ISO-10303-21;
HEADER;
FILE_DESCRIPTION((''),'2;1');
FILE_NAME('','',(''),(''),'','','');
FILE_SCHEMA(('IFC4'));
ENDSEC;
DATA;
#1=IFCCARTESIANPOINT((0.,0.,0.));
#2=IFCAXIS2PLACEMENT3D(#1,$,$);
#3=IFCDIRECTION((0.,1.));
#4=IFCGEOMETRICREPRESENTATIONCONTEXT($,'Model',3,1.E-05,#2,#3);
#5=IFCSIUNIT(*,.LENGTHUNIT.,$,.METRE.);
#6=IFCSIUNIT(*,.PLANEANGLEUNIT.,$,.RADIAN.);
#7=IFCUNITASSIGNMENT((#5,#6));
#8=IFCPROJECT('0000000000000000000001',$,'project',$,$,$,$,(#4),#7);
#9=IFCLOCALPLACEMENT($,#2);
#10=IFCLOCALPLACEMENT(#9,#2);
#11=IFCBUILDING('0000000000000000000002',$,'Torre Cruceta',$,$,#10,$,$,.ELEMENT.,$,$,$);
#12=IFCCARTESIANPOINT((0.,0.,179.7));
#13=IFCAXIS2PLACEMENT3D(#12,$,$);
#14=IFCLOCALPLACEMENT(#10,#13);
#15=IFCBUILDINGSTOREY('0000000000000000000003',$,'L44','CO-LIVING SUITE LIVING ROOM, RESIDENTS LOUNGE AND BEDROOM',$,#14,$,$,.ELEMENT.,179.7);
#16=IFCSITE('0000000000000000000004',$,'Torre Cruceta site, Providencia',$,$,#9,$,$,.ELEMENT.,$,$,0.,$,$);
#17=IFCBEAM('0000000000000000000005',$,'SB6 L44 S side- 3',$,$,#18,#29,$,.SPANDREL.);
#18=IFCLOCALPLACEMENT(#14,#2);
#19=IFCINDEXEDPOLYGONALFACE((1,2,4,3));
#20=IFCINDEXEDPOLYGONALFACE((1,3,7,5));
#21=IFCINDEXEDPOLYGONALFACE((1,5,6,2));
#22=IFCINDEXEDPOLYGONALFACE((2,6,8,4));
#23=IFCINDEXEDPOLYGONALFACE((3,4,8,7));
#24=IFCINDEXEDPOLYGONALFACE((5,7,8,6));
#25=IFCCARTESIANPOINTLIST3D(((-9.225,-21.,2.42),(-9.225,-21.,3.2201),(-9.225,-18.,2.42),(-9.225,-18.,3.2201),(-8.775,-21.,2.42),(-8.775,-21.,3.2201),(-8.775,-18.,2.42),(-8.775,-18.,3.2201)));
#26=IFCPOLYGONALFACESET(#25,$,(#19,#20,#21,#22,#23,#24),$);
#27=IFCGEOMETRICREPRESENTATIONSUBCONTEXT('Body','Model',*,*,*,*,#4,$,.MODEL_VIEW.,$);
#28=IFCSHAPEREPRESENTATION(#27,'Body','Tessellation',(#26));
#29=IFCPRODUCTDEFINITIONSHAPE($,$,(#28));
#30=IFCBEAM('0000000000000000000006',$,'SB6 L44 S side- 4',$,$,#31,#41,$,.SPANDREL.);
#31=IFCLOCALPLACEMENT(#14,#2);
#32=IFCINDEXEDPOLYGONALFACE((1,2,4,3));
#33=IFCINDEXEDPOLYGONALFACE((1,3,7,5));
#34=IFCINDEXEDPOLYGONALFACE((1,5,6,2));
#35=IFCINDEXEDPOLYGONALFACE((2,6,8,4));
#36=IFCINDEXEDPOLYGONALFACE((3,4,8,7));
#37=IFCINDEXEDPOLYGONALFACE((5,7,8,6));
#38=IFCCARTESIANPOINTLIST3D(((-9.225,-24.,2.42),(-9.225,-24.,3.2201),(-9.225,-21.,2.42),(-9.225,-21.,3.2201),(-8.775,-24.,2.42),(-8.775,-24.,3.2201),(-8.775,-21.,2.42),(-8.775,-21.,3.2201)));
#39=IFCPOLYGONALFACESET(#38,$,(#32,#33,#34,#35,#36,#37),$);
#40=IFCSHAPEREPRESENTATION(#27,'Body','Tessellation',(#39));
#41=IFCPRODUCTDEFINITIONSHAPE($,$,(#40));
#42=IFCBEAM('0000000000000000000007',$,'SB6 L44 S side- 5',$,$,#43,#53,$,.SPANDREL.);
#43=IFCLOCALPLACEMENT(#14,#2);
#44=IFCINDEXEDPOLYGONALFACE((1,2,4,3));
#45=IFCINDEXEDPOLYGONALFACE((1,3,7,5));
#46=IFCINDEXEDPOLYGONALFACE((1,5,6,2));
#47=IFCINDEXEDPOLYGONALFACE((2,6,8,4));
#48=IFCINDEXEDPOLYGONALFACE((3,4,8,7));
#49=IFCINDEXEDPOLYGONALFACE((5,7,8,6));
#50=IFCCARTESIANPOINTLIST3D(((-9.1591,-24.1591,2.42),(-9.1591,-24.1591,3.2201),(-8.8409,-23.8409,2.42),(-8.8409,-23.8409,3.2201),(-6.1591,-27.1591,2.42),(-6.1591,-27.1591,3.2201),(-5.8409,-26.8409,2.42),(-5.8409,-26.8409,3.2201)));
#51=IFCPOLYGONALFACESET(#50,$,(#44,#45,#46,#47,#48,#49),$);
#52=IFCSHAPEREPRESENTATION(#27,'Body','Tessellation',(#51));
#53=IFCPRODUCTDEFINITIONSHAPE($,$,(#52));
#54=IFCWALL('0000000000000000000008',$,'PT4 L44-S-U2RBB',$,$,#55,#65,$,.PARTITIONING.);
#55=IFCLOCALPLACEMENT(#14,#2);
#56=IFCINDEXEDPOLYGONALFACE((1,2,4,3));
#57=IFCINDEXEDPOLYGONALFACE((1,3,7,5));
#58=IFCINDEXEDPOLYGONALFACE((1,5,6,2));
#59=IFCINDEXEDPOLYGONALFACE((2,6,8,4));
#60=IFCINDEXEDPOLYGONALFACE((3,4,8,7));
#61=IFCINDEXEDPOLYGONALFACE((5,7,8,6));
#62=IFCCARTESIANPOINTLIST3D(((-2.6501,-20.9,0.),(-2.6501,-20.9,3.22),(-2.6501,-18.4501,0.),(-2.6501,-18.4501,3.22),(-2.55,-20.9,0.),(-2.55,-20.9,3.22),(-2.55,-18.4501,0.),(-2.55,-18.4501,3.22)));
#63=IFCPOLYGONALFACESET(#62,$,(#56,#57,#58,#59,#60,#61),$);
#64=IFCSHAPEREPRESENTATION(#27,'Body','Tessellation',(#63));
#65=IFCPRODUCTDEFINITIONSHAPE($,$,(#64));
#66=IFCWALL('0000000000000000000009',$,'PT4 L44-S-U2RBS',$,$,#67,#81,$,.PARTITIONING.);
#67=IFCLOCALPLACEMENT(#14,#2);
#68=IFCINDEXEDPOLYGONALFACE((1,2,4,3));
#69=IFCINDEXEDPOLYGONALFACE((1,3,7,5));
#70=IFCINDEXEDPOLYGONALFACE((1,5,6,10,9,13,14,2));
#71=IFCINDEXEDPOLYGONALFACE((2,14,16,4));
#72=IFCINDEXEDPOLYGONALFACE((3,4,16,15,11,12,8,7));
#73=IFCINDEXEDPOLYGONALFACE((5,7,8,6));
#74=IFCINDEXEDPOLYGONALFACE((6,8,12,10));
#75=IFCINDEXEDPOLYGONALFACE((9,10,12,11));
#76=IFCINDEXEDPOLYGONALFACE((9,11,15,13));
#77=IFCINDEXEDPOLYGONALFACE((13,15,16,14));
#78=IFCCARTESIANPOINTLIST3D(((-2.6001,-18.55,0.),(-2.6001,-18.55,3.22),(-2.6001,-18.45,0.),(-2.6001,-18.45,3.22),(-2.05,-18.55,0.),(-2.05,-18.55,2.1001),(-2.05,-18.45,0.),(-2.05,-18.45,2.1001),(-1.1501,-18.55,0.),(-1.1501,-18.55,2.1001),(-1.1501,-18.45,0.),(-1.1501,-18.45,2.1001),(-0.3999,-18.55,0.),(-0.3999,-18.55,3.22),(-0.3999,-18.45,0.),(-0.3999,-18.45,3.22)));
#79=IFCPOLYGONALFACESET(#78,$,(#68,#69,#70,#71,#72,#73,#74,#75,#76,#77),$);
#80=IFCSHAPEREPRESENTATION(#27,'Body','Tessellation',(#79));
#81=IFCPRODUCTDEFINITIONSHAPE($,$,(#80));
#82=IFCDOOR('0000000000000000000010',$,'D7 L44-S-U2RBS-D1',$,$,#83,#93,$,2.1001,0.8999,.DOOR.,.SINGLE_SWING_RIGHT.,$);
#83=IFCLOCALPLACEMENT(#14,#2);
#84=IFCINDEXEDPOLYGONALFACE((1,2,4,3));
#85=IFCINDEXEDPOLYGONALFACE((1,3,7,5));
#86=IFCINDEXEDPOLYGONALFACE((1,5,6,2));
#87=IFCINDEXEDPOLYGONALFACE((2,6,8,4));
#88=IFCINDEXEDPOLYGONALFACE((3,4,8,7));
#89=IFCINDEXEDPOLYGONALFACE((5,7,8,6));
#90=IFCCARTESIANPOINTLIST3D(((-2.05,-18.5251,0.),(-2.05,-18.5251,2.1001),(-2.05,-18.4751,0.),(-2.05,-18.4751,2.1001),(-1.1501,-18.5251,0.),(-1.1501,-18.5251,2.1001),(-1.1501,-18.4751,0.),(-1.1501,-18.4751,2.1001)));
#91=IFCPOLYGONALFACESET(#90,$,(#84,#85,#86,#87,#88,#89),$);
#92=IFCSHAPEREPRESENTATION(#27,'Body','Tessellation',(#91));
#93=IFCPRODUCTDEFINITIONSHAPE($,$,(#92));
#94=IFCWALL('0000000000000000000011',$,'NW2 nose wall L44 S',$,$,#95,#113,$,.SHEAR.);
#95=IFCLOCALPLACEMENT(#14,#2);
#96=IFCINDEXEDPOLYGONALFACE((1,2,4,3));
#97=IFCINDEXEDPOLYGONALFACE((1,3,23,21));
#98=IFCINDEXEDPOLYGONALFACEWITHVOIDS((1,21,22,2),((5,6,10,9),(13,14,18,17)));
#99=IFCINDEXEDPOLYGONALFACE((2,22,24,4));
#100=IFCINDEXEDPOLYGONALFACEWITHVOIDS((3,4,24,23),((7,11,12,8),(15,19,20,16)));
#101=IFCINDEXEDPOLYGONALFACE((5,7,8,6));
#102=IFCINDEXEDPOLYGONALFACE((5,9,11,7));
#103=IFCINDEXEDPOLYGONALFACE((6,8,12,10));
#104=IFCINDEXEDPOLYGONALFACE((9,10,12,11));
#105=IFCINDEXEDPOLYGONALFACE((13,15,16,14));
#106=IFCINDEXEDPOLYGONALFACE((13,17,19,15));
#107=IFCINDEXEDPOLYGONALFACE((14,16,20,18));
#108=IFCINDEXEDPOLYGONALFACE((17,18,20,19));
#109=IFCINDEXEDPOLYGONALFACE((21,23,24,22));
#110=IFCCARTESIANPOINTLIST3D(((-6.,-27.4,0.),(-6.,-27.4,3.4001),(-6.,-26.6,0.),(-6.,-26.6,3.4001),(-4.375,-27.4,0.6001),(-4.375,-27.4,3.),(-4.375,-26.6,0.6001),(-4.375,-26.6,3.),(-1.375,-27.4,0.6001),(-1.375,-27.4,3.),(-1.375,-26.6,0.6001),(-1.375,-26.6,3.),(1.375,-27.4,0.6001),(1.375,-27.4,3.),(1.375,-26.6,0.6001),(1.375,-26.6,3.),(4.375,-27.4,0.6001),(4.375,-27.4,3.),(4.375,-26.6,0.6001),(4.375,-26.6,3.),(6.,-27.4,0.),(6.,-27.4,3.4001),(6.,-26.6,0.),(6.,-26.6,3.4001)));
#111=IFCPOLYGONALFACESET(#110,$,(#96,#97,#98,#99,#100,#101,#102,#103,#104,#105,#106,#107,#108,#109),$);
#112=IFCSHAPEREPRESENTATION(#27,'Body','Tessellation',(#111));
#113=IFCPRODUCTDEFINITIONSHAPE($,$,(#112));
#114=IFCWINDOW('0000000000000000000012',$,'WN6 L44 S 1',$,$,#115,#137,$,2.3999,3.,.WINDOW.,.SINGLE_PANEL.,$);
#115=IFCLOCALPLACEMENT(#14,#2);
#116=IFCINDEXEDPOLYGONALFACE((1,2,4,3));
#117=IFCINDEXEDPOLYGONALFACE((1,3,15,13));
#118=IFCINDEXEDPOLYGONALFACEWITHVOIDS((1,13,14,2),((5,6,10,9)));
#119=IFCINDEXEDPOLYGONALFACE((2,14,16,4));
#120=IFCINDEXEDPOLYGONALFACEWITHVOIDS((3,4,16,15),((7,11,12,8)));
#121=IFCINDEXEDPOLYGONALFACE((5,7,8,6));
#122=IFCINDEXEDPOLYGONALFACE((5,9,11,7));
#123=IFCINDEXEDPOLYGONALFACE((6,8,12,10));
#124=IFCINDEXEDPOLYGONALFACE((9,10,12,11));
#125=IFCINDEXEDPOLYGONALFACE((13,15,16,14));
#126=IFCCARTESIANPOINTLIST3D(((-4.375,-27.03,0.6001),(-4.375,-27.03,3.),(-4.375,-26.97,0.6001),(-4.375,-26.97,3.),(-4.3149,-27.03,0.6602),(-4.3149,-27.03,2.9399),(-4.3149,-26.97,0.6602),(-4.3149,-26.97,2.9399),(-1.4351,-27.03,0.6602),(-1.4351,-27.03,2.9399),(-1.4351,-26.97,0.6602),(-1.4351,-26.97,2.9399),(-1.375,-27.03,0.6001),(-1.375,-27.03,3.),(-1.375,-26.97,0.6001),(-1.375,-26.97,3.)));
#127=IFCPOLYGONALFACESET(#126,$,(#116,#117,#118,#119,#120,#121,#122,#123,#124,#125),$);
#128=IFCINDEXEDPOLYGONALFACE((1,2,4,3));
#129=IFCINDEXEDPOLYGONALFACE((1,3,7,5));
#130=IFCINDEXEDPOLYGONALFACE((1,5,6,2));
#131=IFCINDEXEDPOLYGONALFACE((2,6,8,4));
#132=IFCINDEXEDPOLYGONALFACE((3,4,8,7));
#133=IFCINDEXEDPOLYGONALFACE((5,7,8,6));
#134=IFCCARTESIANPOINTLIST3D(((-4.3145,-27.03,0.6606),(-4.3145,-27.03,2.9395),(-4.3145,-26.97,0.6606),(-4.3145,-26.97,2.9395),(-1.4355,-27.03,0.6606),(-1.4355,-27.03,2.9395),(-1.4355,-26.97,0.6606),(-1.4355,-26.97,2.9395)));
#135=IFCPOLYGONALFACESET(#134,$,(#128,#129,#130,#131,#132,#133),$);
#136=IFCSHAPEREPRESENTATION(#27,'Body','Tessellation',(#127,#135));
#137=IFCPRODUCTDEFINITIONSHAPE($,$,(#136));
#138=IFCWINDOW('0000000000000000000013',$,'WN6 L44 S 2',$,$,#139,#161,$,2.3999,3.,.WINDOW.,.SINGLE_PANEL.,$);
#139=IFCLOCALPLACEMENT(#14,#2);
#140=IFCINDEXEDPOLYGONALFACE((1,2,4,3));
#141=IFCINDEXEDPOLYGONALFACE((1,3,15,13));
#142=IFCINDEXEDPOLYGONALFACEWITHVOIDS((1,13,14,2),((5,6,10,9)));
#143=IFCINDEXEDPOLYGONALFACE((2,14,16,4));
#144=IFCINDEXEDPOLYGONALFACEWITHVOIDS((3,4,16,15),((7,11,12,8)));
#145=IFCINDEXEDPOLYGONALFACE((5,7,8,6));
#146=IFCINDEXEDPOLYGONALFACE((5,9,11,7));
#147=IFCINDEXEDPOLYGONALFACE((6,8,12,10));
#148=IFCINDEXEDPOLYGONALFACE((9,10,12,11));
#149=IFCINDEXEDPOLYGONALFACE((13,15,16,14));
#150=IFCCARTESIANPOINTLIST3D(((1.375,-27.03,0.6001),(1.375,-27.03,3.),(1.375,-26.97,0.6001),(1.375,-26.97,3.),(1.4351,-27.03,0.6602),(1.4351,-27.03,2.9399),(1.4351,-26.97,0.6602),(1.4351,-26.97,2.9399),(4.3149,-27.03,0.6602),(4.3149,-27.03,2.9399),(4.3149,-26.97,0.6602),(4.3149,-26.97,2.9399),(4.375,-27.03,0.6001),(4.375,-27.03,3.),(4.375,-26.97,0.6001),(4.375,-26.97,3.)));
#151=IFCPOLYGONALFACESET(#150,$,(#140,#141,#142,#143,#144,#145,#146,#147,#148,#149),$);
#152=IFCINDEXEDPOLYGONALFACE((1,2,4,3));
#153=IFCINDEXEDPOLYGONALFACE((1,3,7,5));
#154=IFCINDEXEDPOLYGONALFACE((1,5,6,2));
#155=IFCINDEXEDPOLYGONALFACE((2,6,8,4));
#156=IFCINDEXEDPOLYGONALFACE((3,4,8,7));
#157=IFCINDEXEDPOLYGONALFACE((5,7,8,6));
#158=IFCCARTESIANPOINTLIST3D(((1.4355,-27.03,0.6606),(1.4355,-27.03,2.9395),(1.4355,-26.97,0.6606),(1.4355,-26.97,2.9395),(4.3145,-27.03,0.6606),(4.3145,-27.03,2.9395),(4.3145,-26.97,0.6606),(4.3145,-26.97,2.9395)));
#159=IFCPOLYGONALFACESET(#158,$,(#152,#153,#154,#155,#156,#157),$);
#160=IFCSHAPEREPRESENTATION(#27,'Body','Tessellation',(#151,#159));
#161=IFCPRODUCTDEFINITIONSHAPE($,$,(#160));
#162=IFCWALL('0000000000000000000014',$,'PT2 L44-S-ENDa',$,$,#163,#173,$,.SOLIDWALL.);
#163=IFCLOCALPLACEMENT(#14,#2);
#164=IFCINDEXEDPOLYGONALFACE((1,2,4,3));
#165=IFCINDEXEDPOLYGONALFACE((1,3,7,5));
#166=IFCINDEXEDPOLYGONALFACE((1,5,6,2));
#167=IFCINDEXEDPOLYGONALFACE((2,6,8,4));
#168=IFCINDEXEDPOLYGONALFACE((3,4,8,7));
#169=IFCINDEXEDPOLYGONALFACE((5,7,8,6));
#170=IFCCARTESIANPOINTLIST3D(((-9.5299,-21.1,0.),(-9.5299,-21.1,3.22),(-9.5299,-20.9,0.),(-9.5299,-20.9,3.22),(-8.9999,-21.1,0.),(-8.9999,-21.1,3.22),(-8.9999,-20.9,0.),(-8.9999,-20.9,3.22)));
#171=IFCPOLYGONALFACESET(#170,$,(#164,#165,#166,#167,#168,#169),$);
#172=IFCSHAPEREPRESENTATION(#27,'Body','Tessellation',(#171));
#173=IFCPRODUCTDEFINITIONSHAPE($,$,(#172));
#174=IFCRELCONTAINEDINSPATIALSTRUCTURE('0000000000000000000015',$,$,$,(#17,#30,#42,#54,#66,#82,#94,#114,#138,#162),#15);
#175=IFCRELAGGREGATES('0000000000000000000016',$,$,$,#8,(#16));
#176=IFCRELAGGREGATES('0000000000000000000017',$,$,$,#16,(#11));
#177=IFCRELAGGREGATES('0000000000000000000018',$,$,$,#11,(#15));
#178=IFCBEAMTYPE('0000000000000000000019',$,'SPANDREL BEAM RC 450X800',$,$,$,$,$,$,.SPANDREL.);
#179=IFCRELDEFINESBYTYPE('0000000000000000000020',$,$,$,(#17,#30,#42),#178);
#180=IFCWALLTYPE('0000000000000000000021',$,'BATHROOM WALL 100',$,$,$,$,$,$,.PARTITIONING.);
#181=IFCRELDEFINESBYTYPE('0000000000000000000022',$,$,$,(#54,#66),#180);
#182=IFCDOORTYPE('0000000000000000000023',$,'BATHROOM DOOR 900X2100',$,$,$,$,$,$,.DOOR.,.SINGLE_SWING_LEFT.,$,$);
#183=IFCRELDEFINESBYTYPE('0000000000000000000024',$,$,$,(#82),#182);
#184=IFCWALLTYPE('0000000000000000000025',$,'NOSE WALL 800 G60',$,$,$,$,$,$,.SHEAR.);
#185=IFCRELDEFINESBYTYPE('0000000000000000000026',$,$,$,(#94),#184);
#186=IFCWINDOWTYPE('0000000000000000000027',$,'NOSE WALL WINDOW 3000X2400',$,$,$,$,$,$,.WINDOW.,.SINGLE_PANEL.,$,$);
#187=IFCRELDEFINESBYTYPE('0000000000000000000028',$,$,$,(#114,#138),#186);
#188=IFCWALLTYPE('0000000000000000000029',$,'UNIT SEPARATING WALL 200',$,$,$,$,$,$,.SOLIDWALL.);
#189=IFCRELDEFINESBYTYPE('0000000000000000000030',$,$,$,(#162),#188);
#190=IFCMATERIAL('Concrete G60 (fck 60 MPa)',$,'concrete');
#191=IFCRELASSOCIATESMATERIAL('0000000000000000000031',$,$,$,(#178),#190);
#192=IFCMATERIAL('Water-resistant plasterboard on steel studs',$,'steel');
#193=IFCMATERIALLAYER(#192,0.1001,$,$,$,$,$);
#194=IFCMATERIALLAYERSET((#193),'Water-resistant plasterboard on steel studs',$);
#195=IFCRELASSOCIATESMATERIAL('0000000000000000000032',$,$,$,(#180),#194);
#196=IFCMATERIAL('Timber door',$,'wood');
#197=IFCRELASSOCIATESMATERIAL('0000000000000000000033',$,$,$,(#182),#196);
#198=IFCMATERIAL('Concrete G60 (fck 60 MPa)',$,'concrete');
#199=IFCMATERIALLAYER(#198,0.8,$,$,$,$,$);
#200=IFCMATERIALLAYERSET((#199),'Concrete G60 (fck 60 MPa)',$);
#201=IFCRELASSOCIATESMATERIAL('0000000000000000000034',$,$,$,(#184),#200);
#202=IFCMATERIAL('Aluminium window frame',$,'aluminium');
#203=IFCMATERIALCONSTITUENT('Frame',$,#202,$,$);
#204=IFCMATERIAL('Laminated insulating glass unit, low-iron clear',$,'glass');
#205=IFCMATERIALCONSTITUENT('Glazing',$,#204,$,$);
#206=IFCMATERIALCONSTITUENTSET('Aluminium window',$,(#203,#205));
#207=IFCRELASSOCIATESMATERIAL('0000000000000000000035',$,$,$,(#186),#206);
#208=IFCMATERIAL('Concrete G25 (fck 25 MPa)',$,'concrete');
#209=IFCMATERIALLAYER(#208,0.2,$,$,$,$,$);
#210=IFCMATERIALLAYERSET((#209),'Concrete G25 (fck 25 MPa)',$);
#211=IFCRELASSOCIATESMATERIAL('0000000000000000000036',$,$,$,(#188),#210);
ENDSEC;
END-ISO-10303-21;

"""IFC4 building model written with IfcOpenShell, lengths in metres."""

from ifc_helpers import new_model, si_unit, direction, frame, frame_2d, origin, origin_2d, place, context, subcontext, project, spatial, rectangle, hollow_rectangle, extrude, material, layer, layer_set, constituent, constituent_set, material_profile, profile_set, type_object, element, fill, save


model = new_model("IFC4")

# Units and contexts
model_context = context("Model", 3, precision=1e-05, world=origin(), true_north=direction((0.0, 1.0)))
body_context = subcontext(model_context, "Body", "Model", "MODEL_VIEW")
ifc_project = project(units=[si_unit("LENGTHUNIT", "METRE"), si_unit("PLANEANGLEUNIT", "RADIAN")], contexts=[model_context])

# Site, building, storey
site_placement = place(None, origin())
site = spatial("IfcSite", under=ifc_project, at=site_placement, Name="Torre Cruceta site, Providencia", CompositionType="ELEMENT", RefElevation=0.0)
building_placement = place(site_placement, origin())
building = spatial("IfcBuilding", under=site, at=building_placement, Name="Torre Cruceta", CompositionType="ELEMENT")
storey_placement = place(building_placement, frame((0.0, 0.0, 179.7)))
storey = spatial("IfcBuildingStorey", under=building, at=storey_placement, Name="L44", Description="CO-LIVING SUITE LIVING ROOM, RESIDENTS LOUNGE AND BEDROOM", CompositionType="ELEMENT", Elevation=179.7)

# Beams
ifc_material_1 = material(Name="Concrete G60 (fck 60 MPa)", Category="concrete")
ifc_material_profile_1 = material_profile(ifc_material_1, rectangle(XDim=0.45, YDim=0.8, at=origin_2d()), Name="RC 450X800")
ifc_profile_set_1 = profile_set([ifc_material_profile_1], Name="Concrete G60 (fck 60 MPa)")
beam_type_1 = type_object("IfcBeamType", Name="SPANDREL BEAM RC 450X800", PredefinedType="SPANDREL", material=ifc_profile_set_1)
for number, where, z_axis, x_axis, name in (
    (1, (-9.0, -18.0, 2.8201), (0.0, -1.0, 0.0), (1.0, 0.0, 0.0), "SB6 L44 S side- 3"),
    (2, (-9.0, -21.0, 2.8201), (0.0, -1.0, 0.0), (1.0, 0.0, 0.0), "SB6 L44 S side- 4"),
):
    element("IfcBeam", number, at=place(storey_placement, frame(where, z_axis=z_axis, x_axis=x_axis)), inside=storey, type_object=beam_type_1, Name=name, PredefinedType="SPANDREL", context=body_context, shape_type="SweptSolid", body=[
        extrude(rectangle(XDim=0.45, YDim=0.8, at=origin_2d()), origin(), (0.0, 0.0, 1.0), 3.0),
    ])
beam_1_placement = place(storey_placement, frame((-9.0, -24.0, 2.8201), z_axis=(0.707107, -0.707107, 0.0), x_axis=(0.707107, 0.707107, 0.0)))
element("IfcBeam", 3, at=beam_1_placement, inside=storey, type_object=beam_type_1, Name="SB6 L44 S side- 5", PredefinedType="SPANDREL", context=body_context, shape_type="SweptSolid", body=[
    extrude(rectangle(XDim=0.45, YDim=0.8, at=origin_2d()), origin(), (0.0, 0.0, 1.0), 4.2427),
])

# Wall
ifc_material_2 = material(Name="Water-resistant plasterboard on steel studs", Category="steel")
ifc_layer_1 = layer(ifc_material_2, 0.1001)
ifc_layer_set_1 = layer_set([ifc_layer_1], Name="Water-resistant plasterboard on steel studs")
wall_type_1 = type_object("IfcWallType", Name="BATHROOM WALL 100", PredefinedType="PARTITIONING", material=ifc_layer_set_1)
wall_1_placement = place(storey_placement, frame((-2.6001, -18.45, 0.0), z_axis=(0.0, 0.0, 1.0), x_axis=(0.0, -1.0, 0.0)))
element("IfcWall", 4, at=wall_1_placement, inside=storey, type_object=wall_type_1, Name="PT4 L44-S-U2RBB", PredefinedType="PARTITIONING", context=body_context, shape_type="SweptSolid", body=[
    extrude(rectangle(XDim=2.45, YDim=0.1001, at=frame_2d((1.2251, 0.0))), origin(), (0.0, 0.0, 1.0), 3.22),
])

# Wall, opening, door
wall_2_placement = place(storey_placement, frame((-2.6001, -18.5, 0.0), z_axis=(0.0, 0.0, 1.0), x_axis=(1.0, 0.0, 0.0)))
wall_2 = element("IfcWall", 5, at=wall_2_placement, inside=storey, type_object=wall_type_1, Name="PT4 L44-S-U2RBS", PredefinedType="PARTITIONING", context=body_context, shape_type="SweptSolid", body=[
    extrude(rectangle(XDim=2.2002, YDim=0.1001, at=frame_2d((1.1001, 0.0))), origin(), (0.0, 0.0, 1.0), 3.22),
])
opening_1_placement = place(wall_2_placement, frame((0.55, 0.0, 0.0)))
opening_1 = element("IfcOpeningElement", 6, at=opening_1_placement, cuts=wall_2, PredefinedType="OPENING", context=body_context, shape_type="SweptSolid", body=[
    extrude(rectangle(XDim=0.8999, YDim=2.1001, at=frame_2d((0.45, 1.05))), frame((0.0, 0.0601, 0.0), z_axis=(0.0, -1.0, 0.0), x_axis=(1.0, 0.0, 0.0)), (0.0, 0.0, 1.0), 0.1201),
])
ifc_material_3 = material(Name="Timber door", Category="wood")
door_type = type_object("IfcDoorType", Name="BATHROOM DOOR 900X2100", OperationType="SINGLE_SWING_LEFT", PredefinedType="DOOR", material=ifc_material_3)
door_placement = place(opening_1_placement, frame((0.8999, 0.0, 0.0), z_axis=(0.0, 0.0, 1.0), x_axis=(-1.0, 0.0, 0.0)))
door = element("IfcDoor", 7, at=door_placement, inside=storey, type_object=door_type, Name="D7 L44-S-U2RBS-D1", OperationType="SINGLE_SWING_RIGHT", OverallHeight=2.1001, OverallWidth=0.8999, PredefinedType="DOOR", context=body_context, shape_type="SweptSolid", body=[
    extrude(rectangle(XDim=0.8999, YDim=2.1001, at=frame_2d((0.45, 1.05))), frame((0.0, 0.0251, 0.0), z_axis=(0.0, -1.0, 0.0), x_axis=(1.0, 0.0, 0.0)), (0.0, 0.0, 1.0), 0.05),
])
fill(opening_1, door)

# Wall, openings, windows
ifc_material_4 = material(Name="Concrete G60 (fck 60 MPa)", Category="concrete")
ifc_layer_2 = layer(ifc_material_4, 0.8)
ifc_layer_set_2 = layer_set([ifc_layer_2], Name="Concrete G60 (fck 60 MPa)")
wall_type_2 = type_object("IfcWallType", Name="NOSE WALL 800 G60", PredefinedType="SHEAR", material=ifc_layer_set_2)
wall_3_placement = place(storey_placement, frame((-6.0, -27.0, 0.0), z_axis=(0.0, 0.0, 1.0), x_axis=(1.0, 0.0, 0.0)))
wall_3 = element("IfcWall", 8, at=wall_3_placement, inside=storey, type_object=wall_type_2, Name="NW2 nose wall L44 S", PredefinedType="SHEAR", context=body_context, shape_type="SweptSolid", body=[
    extrude(rectangle(XDim=12.0, YDim=0.8, at=frame_2d((6.0, 0.0))), origin(), (0.0, 0.0, 1.0), 3.4001),
])
opening_2_placement = place(wall_3_placement, frame((1.625, 0.0, 0.6001)))
opening_2 = element("IfcOpeningElement", 9, at=opening_2_placement, cuts=wall_3, PredefinedType="OPENING", context=body_context, shape_type="SweptSolid", body=[
    extrude(rectangle(XDim=3.0, YDim=2.3999, at=frame_2d((1.5, 1.2))), frame((0.0, 0.4099, 0.0), z_axis=(0.0, -1.0, 0.0), x_axis=(1.0, 0.0, 0.0)), (0.0, 0.0, 1.0), 0.8201),
])
opening_3_placement = place(wall_3_placement, frame((7.375, 0.0, 0.6001)))
opening_3 = element("IfcOpeningElement", 10, at=opening_3_placement, cuts=wall_3, PredefinedType="OPENING", context=body_context, shape_type="SweptSolid", body=[
    extrude(rectangle(XDim=3.0, YDim=2.3999, at=frame_2d((1.5, 1.2))), frame((0.0, 0.4099, 0.0), z_axis=(0.0, -1.0, 0.0), x_axis=(1.0, 0.0, 0.0)), (0.0, 0.0, 1.0), 0.8201),
])
ifc_material_5 = material(Name="Aluminium window frame", Category="aluminium")
ifc_constituent_1 = constituent(ifc_material_5, Name="Frame")
ifc_material_6 = material(Name="Laminated insulating glass unit, low-iron clear", Category="glass")
ifc_constituent_2 = constituent(ifc_material_6, Name="Glazing")
ifc_constituent_set = constituent_set(constituents=[ifc_constituent_1, ifc_constituent_2], Name="Aluminium window")
window_type = type_object("IfcWindowType", Name="NOSE WALL WINDOW 3000X2400", PartitioningType="SINGLE_PANEL", PredefinedType="WINDOW", material=ifc_constituent_set)
window_1_placement = place(opening_2_placement, origin())
window_1 = element("IfcWindow", 11, at=window_1_placement, inside=storey, type_object=window_type, Name="WN6 L44 S 1", OverallHeight=2.3999, OverallWidth=3.0, PartitioningType="SINGLE_PANEL", PredefinedType="WINDOW", context=body_context, shape_type="SweptSolid", body=[
    extrude(hollow_rectangle(XDim=3.0, YDim=2.3999, WallThickness=0.0601, at=frame_2d((1.5, 1.2))), frame((0.0, 0.03, 0.0), z_axis=(0.0, -1.0, 0.0), x_axis=(1.0, 0.0, 0.0)), (0.0, 0.0, 1.0), 0.0601),
    extrude(rectangle(XDim=2.8789, YDim=2.2788, at=frame_2d((1.5, 1.2))), frame((0.0, 0.03, 0.0), z_axis=(0.0, -1.0, 0.0), x_axis=(1.0, 0.0, 0.0)), (0.0, 0.0, 1.0), 0.0601),
])
fill(opening_2, window_1)
window_2_placement = place(opening_3_placement, origin())
window_2 = element("IfcWindow", 12, at=window_2_placement, inside=storey, type_object=window_type, Name="WN6 L44 S 2", OverallHeight=2.3999, OverallWidth=3.0, PartitioningType="SINGLE_PANEL", PredefinedType="WINDOW", context=body_context, shape_type="SweptSolid", body=[
    extrude(hollow_rectangle(XDim=3.0, YDim=2.3999, WallThickness=0.0601, at=frame_2d((1.5, 1.2))), frame((0.0, 0.03, 0.0), z_axis=(0.0, -1.0, 0.0), x_axis=(1.0, 0.0, 0.0)), (0.0, 0.0, 1.0), 0.0601),
    extrude(rectangle(XDim=2.8789, YDim=2.2788, at=frame_2d((1.5, 1.2))), frame((0.0, 0.03, 0.0), z_axis=(0.0, -1.0, 0.0), x_axis=(1.0, 0.0, 0.0)), (0.0, 0.0, 1.0), 0.0601),
])
fill(opening_3, window_2)

# Wall
ifc_material_7 = material(Name="Concrete G25 (fck 25 MPa)", Category="concrete")
ifc_layer_3 = layer(ifc_material_7, 0.2)
ifc_layer_set_3 = layer_set([ifc_layer_3], Name="Concrete G25 (fck 25 MPa)")
wall_type_3 = type_object("IfcWallType", Name="UNIT SEPARATING WALL 200", PredefinedType="SOLIDWALL", material=ifc_layer_set_3)
wall_4_placement = place(storey_placement, frame((-9.53, -21.0, 0.0), z_axis=(0.0, 0.0, 1.0), x_axis=(1.0, 0.0, 0.0)))
element("IfcWall", 13, at=wall_4_placement, inside=storey, type_object=wall_type_3, Name="PT2 L44-S-ENDa", PredefinedType="SOLIDWALL", context=body_context, shape_type="SweptSolid", body=[
    extrude(rectangle(XDim=0.53, YDim=0.2, at=frame_2d((0.2651, 0.0))), origin(), (0.0, 0.0, 1.0), 3.22),
])

save(model, "model.ifc")
